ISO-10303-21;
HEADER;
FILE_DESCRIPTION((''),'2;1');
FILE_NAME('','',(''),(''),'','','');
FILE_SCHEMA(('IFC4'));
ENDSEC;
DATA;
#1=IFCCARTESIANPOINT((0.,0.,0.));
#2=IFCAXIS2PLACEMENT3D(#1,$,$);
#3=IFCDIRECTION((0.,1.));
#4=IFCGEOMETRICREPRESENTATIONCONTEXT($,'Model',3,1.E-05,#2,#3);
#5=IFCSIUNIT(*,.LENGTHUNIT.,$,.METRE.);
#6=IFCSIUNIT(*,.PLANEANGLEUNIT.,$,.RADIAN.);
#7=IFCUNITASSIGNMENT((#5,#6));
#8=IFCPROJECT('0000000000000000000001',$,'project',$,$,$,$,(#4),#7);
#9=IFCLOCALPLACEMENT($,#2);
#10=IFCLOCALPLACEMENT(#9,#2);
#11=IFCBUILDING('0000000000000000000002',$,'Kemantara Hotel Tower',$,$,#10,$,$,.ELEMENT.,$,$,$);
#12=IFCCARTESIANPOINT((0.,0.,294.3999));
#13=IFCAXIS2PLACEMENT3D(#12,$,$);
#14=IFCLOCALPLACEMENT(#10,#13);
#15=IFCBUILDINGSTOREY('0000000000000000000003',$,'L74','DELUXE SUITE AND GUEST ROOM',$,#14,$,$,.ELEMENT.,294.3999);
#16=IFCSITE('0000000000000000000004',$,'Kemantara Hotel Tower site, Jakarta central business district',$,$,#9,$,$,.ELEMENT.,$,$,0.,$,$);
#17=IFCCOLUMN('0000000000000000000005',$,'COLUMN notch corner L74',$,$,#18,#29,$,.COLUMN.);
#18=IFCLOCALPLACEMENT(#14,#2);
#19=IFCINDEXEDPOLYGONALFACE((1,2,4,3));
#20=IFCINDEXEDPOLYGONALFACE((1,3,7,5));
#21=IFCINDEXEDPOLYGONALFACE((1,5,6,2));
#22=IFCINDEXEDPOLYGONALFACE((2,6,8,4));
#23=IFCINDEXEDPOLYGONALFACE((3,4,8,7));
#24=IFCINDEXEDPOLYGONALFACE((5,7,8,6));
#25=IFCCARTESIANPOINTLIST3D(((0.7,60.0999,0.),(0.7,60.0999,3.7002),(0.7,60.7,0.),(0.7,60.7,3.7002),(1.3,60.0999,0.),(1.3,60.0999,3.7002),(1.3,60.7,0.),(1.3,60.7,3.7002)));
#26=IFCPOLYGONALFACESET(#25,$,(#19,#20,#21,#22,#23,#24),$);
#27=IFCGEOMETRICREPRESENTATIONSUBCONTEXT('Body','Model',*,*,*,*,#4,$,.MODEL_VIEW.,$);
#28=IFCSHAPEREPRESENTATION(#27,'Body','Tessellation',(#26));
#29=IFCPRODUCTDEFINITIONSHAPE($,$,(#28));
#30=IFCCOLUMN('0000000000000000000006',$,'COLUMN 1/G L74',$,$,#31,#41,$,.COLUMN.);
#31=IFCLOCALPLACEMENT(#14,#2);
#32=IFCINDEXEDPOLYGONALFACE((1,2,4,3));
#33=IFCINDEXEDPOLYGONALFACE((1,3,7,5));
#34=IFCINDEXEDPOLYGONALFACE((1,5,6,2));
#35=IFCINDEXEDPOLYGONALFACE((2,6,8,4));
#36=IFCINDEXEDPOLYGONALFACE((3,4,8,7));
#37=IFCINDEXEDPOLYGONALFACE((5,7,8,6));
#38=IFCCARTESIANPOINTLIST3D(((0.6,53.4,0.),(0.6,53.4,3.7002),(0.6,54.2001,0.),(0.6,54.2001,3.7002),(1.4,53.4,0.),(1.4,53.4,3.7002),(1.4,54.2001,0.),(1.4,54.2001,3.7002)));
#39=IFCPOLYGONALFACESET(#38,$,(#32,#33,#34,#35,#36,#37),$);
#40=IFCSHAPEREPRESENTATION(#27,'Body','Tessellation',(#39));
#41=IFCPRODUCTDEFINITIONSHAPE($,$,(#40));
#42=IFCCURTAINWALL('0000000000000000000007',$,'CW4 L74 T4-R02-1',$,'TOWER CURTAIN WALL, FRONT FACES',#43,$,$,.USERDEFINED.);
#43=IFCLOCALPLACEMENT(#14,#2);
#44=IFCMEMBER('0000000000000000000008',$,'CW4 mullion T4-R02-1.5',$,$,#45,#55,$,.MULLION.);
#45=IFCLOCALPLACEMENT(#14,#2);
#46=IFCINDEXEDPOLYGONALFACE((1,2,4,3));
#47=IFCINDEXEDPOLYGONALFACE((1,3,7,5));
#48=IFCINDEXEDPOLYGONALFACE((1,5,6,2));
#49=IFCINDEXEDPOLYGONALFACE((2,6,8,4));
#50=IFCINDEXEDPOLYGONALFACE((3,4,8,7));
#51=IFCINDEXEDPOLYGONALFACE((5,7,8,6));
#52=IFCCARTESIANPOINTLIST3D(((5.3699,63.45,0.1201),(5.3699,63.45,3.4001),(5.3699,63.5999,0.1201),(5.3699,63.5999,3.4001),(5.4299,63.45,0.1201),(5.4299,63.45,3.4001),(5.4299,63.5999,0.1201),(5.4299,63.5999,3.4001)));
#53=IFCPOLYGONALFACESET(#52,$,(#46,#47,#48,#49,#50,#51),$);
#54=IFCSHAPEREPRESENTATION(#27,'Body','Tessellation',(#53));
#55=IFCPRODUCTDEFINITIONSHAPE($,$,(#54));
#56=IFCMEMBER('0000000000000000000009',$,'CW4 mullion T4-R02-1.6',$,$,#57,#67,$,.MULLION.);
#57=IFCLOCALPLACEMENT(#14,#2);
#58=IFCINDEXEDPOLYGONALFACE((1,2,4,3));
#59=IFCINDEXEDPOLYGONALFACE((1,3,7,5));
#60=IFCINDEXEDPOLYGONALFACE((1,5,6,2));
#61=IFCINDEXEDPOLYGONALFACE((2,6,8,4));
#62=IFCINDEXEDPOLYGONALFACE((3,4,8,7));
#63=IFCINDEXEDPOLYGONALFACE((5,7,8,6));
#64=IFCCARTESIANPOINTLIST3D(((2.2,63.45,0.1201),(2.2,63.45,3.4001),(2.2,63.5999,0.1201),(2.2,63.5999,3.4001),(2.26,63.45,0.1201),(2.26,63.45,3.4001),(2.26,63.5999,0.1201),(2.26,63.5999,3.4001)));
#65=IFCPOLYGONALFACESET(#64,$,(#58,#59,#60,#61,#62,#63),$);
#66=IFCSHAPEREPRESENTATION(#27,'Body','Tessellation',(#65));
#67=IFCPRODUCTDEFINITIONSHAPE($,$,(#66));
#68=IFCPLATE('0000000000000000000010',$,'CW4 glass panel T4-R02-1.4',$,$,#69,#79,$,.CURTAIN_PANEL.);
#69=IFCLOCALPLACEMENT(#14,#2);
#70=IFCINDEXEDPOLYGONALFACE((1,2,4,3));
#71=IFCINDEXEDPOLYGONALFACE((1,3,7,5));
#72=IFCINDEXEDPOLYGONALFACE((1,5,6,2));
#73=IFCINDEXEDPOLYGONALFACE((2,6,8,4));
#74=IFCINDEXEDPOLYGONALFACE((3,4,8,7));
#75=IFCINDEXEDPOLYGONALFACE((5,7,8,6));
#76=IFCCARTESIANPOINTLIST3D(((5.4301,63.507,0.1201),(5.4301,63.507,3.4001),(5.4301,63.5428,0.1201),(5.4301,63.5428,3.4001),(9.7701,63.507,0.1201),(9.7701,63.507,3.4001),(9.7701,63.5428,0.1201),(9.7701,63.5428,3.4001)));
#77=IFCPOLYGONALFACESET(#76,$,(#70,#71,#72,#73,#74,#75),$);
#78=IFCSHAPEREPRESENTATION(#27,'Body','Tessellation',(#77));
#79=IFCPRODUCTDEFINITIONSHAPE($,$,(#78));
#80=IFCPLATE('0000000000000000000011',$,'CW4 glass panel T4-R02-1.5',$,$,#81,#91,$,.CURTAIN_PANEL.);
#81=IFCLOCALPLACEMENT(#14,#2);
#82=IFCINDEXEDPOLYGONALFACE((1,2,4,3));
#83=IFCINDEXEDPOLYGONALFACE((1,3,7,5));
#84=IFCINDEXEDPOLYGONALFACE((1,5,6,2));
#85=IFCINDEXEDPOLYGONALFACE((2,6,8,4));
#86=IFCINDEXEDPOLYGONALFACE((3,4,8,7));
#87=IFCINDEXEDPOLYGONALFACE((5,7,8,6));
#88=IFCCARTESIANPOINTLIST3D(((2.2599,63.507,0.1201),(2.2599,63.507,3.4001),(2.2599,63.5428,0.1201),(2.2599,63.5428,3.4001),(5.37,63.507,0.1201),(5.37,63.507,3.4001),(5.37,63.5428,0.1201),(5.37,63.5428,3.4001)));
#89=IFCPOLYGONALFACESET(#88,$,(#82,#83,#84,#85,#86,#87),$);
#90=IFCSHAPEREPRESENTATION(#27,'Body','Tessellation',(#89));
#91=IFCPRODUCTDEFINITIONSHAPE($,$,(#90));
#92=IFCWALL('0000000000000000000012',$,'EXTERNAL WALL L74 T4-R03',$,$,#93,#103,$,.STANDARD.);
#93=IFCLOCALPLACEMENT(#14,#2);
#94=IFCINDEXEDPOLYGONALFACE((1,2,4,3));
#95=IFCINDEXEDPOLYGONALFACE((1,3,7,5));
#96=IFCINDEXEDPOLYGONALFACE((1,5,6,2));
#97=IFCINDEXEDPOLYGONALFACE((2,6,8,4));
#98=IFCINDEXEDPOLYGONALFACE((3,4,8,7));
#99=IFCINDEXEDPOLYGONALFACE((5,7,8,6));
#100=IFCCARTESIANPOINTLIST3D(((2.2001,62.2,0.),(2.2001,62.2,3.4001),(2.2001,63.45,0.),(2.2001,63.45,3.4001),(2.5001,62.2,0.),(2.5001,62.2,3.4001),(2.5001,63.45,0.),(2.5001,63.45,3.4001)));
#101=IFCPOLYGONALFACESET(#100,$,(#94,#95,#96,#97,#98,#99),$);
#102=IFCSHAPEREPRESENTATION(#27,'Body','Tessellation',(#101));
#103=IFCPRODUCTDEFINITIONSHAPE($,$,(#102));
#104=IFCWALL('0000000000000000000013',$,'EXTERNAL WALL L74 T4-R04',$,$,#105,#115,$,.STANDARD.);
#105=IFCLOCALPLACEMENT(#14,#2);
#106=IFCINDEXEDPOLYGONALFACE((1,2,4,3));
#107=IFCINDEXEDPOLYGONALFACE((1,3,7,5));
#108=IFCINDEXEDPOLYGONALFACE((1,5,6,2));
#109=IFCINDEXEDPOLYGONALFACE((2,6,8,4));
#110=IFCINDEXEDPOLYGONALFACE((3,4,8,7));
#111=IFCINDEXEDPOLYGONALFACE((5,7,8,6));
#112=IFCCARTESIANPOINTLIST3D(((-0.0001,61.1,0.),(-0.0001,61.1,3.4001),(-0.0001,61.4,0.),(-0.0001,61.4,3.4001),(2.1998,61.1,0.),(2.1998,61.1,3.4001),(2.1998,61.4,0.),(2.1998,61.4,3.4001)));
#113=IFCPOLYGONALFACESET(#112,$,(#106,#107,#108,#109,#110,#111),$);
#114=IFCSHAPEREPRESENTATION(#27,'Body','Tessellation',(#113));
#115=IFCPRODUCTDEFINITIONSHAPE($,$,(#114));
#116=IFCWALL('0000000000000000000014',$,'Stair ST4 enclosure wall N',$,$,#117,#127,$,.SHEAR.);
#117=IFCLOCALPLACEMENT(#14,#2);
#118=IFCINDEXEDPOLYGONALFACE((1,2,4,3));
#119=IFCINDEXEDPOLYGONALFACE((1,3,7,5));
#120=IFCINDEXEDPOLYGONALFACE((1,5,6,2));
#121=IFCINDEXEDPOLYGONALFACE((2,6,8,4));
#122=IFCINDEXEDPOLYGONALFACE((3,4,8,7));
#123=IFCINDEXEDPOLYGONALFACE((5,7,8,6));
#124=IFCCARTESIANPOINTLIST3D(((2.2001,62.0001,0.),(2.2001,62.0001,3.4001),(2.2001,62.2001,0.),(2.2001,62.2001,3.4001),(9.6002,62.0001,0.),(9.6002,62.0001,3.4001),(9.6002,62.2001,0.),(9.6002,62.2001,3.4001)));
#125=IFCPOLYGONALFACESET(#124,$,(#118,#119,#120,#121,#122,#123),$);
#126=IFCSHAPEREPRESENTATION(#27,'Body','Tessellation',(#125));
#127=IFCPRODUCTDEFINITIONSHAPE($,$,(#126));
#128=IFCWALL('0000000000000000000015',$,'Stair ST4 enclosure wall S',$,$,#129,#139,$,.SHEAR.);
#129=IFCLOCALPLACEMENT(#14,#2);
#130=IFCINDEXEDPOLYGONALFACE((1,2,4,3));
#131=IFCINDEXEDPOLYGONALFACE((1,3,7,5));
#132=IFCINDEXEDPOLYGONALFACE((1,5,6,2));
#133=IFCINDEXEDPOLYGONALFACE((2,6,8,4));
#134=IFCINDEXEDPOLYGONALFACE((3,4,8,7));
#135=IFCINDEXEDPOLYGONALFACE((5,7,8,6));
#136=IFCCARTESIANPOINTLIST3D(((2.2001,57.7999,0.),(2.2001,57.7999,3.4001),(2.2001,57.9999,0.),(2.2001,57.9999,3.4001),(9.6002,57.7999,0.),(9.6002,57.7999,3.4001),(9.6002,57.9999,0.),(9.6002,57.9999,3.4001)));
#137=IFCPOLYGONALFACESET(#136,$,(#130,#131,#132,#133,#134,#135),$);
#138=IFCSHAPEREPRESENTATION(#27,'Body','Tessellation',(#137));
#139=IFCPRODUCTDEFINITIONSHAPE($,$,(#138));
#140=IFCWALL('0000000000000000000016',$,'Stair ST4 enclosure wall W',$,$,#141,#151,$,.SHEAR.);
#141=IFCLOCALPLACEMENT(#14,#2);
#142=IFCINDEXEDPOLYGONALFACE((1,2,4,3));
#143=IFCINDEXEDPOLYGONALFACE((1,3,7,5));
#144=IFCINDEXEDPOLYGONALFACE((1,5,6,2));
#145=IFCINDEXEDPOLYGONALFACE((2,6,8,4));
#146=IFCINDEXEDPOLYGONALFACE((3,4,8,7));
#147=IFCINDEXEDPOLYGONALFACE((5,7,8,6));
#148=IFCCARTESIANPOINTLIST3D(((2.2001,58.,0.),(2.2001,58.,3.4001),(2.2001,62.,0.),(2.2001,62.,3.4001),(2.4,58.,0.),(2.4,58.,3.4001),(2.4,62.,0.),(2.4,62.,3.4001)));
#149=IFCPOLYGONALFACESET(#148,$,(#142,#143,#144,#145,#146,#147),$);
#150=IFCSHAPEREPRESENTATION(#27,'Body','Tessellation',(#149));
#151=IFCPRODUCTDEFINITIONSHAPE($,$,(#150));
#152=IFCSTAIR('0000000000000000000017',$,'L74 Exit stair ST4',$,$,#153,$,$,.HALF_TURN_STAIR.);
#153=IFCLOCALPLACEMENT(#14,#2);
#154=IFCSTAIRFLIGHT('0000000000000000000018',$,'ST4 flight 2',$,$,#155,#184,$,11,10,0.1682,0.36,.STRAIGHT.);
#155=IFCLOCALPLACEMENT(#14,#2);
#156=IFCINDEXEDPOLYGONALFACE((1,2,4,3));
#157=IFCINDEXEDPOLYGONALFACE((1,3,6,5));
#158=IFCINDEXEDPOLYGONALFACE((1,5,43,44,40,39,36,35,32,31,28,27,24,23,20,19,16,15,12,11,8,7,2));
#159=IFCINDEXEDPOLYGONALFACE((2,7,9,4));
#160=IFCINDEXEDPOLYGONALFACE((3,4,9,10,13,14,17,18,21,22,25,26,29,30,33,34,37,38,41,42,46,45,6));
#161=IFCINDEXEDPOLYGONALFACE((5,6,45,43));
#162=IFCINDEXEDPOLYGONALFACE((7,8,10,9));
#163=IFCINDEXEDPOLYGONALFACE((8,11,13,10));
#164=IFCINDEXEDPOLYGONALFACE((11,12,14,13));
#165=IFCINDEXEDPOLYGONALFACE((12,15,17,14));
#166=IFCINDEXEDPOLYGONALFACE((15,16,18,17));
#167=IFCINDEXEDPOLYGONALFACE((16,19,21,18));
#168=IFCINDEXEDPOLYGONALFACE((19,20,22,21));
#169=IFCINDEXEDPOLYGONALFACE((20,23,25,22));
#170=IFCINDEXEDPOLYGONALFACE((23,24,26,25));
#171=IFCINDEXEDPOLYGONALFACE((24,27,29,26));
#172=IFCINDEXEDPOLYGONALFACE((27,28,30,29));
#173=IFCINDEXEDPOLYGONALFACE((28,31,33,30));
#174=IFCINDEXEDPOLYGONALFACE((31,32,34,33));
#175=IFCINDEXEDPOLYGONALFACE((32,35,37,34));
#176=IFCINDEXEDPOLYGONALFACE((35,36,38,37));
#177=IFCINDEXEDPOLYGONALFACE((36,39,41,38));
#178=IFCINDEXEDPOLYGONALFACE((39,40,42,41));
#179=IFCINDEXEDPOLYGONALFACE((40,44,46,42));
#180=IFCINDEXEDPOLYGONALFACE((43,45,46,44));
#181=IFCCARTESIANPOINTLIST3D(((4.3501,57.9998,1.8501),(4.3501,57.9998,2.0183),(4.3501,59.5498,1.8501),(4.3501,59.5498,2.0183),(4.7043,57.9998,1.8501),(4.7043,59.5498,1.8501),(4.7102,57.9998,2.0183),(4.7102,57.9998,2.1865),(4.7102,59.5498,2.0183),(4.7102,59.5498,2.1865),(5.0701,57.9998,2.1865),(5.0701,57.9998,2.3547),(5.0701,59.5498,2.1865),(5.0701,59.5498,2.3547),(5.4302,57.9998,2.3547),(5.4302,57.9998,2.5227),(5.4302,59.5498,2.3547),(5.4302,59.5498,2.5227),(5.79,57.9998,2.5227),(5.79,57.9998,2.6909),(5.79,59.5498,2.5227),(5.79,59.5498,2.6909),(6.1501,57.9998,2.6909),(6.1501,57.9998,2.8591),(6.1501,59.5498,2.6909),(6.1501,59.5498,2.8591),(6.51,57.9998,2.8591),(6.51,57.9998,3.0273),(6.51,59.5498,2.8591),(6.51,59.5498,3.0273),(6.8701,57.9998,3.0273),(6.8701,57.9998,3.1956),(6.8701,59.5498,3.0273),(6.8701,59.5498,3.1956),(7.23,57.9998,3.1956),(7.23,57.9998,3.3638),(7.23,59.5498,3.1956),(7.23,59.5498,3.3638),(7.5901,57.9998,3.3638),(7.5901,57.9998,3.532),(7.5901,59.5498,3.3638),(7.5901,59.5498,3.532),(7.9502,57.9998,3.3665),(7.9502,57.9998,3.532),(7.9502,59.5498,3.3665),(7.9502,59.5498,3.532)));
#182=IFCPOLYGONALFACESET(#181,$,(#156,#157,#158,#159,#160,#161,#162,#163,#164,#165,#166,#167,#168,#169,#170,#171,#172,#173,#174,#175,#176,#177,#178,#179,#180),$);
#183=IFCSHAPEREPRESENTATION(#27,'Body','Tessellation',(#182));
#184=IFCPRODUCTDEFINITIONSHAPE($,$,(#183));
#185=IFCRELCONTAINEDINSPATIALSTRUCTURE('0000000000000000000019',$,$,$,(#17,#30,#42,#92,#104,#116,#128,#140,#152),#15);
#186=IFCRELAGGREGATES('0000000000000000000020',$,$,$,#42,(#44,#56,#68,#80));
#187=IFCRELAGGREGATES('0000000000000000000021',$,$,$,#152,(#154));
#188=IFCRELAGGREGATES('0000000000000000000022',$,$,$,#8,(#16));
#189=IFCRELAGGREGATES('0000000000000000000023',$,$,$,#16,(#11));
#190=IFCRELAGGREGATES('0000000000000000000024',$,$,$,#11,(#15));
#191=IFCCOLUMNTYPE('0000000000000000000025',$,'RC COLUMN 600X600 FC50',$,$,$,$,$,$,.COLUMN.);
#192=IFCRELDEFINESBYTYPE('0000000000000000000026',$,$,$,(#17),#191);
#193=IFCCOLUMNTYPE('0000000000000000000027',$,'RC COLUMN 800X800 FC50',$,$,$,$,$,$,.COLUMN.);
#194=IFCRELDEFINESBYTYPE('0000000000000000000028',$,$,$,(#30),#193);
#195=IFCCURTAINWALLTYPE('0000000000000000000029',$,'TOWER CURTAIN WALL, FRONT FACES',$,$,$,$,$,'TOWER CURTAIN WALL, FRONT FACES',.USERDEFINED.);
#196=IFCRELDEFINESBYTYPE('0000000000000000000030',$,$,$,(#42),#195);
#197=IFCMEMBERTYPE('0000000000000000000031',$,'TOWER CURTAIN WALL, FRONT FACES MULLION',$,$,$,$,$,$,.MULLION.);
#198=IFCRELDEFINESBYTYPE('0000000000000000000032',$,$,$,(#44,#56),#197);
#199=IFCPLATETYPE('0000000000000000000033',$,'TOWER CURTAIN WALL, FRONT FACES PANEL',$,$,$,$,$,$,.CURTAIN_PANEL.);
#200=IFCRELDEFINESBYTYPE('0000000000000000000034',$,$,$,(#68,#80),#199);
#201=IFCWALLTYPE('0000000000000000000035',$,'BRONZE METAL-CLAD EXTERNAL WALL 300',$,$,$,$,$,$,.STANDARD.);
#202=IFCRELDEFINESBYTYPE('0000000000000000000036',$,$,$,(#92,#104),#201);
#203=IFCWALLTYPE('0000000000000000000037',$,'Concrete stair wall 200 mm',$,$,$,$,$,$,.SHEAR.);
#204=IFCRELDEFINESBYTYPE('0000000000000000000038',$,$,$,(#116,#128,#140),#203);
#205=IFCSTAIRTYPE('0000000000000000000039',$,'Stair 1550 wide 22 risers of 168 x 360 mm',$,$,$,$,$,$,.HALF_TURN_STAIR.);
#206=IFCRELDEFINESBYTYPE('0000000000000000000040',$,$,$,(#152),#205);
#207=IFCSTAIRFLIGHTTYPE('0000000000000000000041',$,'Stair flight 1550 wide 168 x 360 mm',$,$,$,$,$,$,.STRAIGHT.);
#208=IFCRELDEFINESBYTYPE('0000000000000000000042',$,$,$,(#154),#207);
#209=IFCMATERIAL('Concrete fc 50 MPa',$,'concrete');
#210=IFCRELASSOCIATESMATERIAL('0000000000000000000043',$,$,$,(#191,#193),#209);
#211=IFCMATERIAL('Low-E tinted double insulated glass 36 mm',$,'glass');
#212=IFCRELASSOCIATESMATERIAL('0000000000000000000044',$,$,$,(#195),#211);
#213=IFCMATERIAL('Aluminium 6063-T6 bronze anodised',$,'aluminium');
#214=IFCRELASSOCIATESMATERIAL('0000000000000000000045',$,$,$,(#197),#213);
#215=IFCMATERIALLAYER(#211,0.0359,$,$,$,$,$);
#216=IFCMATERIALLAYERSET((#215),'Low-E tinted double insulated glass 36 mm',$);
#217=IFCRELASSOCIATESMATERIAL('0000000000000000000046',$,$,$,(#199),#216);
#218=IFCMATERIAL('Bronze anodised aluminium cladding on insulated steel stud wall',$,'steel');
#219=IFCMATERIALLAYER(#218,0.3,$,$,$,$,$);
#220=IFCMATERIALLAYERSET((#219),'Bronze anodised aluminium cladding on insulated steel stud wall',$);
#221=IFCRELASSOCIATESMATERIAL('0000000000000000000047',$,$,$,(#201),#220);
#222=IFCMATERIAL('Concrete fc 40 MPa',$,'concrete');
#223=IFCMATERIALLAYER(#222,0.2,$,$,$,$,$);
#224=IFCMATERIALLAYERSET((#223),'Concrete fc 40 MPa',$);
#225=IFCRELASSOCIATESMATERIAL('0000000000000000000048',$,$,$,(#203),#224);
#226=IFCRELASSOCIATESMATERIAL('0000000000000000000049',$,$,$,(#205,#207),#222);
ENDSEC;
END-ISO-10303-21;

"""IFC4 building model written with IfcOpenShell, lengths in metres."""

from ifc_helpers import new_model, si_unit, direction, frame, frame_2d, origin, origin_2d, place, context, subcontext, project, spatial, polyline, rectangle, outline, extrude, source, transform, mapped, material, layer, layer_set, material_profile, profile_set, type_object, element, aggregate, save


model = new_model("IFC4")

# Units and contexts
model_context = context("Model", 3, precision=1e-05, world=origin(), true_north=direction((0.0, 1.0)))
body_context = subcontext(model_context, "Body", "Model", "MODEL_VIEW")
ifc_project = project(units=[si_unit("LENGTHUNIT", "METRE"), si_unit("PLANEANGLEUNIT", "RADIAN")], contexts=[model_context])

# Site, building, storey
site_placement = place(None, origin())
site = spatial("IfcSite", under=ifc_project, at=site_placement, Name="Kemantara Hotel Tower site, Jakarta central business district", CompositionType="ELEMENT", RefElevation=0.0)
building_placement = place(site_placement, origin())
building = spatial("IfcBuilding", under=site, at=building_placement, Name="Kemantara Hotel Tower", CompositionType="ELEMENT")
storey_placement = place(building_placement, frame((0.0, 0.0, 294.3999)))
storey = spatial("IfcBuildingStorey", under=building, at=storey_placement, Name="L74", Description="DELUXE SUITE AND GUEST ROOM", CompositionType="ELEMENT", Elevation=294.3999)

# Columns
ifc_material_1 = material(Name="Concrete fc 50 MPa", Category="concrete")
ifc_material_profile_1 = material_profile(ifc_material_1, rectangle(XDim=0.6001, YDim=0.6001, at=origin_2d()), Name="RC 600X600")
ifc_profile_set_1 = profile_set([ifc_material_profile_1], Name="Concrete fc 50 MPa")
column_type_1 = type_object("IfcColumnType", Name="RC COLUMN 600X600 FC50", PredefinedType="COLUMN", material=ifc_profile_set_1)
column_1_placement = place(storey_placement, frame((1.0, 60.3999, 0.0), z_axis=(0.0, 0.0, 1.0), x_axis=(1.0, 0.0, 0.0)))
element("IfcColumn", 1, at=column_1_placement, inside=storey, type_object=column_type_1, Name="COLUMN notch corner L74", PredefinedType="COLUMN", context=body_context, shape_type="SweptSolid", body=[
    extrude(rectangle(XDim=0.6001, YDim=0.6001, at=origin_2d()), origin(), (0.0, 0.0, 1.0), 3.7002),
])
ifc_material_profile_2 = material_profile(ifc_material_1, rectangle(XDim=0.8, YDim=0.8, at=origin_2d()), Name="RC 800X800")
ifc_profile_set_2 = profile_set([ifc_material_profile_2], Name="Concrete fc 50 MPa")
column_type_2 = type_object("IfcColumnType", Name="RC COLUMN 800X800 FC50", PredefinedType="COLUMN", material=ifc_profile_set_2)
column_2_placement = place(storey_placement, frame((1.0, 53.8, 0.0), z_axis=(0.0, 0.0, 1.0), x_axis=(1.0, 0.0, 0.0)))
element("IfcColumn", 2, at=column_2_placement, inside=storey, type_object=column_type_2, Name="COLUMN 1/G L74", PredefinedType="COLUMN", context=body_context, shape_type="SweptSolid", body=[
    extrude(rectangle(XDim=0.8, YDim=0.8, at=origin_2d()), origin(), (0.0, 0.0, 1.0), 3.7002),
])

# Curtain wall, members, plates
ifc_material_2 = material(Name="Low-E tinted double insulated glass 36 mm", Category="glass")
curtain_wall_type = type_object("IfcCurtainWallType", Name="TOWER CURTAIN WALL, FRONT FACES", ElementType="TOWER CURTAIN WALL, FRONT FACES", PredefinedType="USERDEFINED", material=ifc_material_2)
curtain_wall_placement = place(storey_placement, origin())
curtain_wall = element("IfcCurtainWall", 3, at=curtain_wall_placement, inside=storey, type_object=curtain_wall_type, Name="CW4 L74 T4-R02-1", ObjectType="TOWER CURTAIN WALL, FRONT FACES", PredefinedType="USERDEFINED")
ifc_material_3 = material(Name="Aluminium 6063-T6 bronze anodised", Category="aluminium")
ifc_material_profile_3 = material_profile(ifc_material_3, rectangle(XDim=0.1499, YDim=0.0601, at=origin_2d()), Name="TOWER CURTAIN WALL, FRONT FACES MULLION")
ifc_profile_set_3 = profile_set([ifc_material_profile_3], Name="Aluminium 6063-T6 bronze anodised")
member_type = type_object("IfcMemberType", Name="TOWER CURTAIN WALL, FRONT FACES MULLION", PredefinedType="MULLION", material=ifc_profile_set_3)
shared_shape_1 = source(origin(), body_context, "Body", "SweptSolid", [
    extrude(rectangle(XDim=0.1499, YDim=0.0601, at=origin_2d()), origin(), (0.0, 0.0, 1.0), 3.28),
])
member_1_placement = place(storey_placement, frame((5.3999, 63.5249, 0.1201), z_axis=(0.0, 0.0, 1.0), x_axis=(0.0, -1.0, 0.0)))
member_1 = element("IfcMember", 4, at=member_1_placement, type_object=member_type, Name="CW4 mullion T4-R02-1.5", PredefinedType="MULLION", context=body_context, shape_type="MappedRepresentation", body=[
    mapped(shared_shape_1, transform((0.0, 0.0, 0.0))),
])
member_2_placement = place(storey_placement, frame((2.23, 63.5249, 0.1201), z_axis=(0.0, 0.0, 1.0), x_axis=(0.0, -1.0, 0.0)))
member_2 = element("IfcMember", 5, at=member_2_placement, type_object=member_type, Name="CW4 mullion T4-R02-1.6", PredefinedType="MULLION", context=body_context, shape_type="MappedRepresentation", body=[
    mapped(shared_shape_1, transform((0.0, 0.0, 0.0))),
])
ifc_layer_1 = layer(ifc_material_2, 0.0359)
ifc_layer_set_1 = layer_set([ifc_layer_1], Name="Low-E tinted double insulated glass 36 mm")
plate_type = type_object("IfcPlateType", Name="TOWER CURTAIN WALL, FRONT FACES PANEL", PredefinedType="CURTAIN_PANEL", material=ifc_layer_set_1)
shared_shape_2 = source(origin(), body_context, "Body", "SweptSolid", [
    extrude(rectangle(XDim=4.3401, YDim=0.0359, at=origin_2d()), origin(), (0.0, 0.0, 1.0), 3.28),
])
plate_1_placement = place(storey_placement, frame((7.6001, 63.5249, 0.1201), z_axis=(0.0, 0.0, 1.0), x_axis=(-1.0, 0.0, 0.0)))
plate_1 = element("IfcPlate", 6, at=plate_1_placement, type_object=plate_type, Name="CW4 glass panel T4-R02-1.4", PredefinedType="CURTAIN_PANEL", context=body_context, shape_type="MappedRepresentation", body=[
    mapped(shared_shape_2, transform((0.0, 0.0, 0.0))),
])
shared_shape_3 = source(origin(), body_context, "Body", "SweptSolid", [
    extrude(rectangle(XDim=3.1101, YDim=0.0359, at=origin_2d()), origin(), (0.0, 0.0, 1.0), 3.28),
])
plate_2_placement = place(storey_placement, frame((3.8149, 63.5249, 0.1201), z_axis=(0.0, 0.0, 1.0), x_axis=(-1.0, 0.0, 0.0)))
plate_2 = element("IfcPlate", 7, at=plate_2_placement, type_object=plate_type, Name="CW4 glass panel T4-R02-1.5", PredefinedType="CURTAIN_PANEL", context=body_context, shape_type="MappedRepresentation", body=[
    mapped(shared_shape_3, transform((0.0, 0.0, 0.0))),
])
aggregate(curtain_wall, [member_1, member_2, plate_1, plate_2])

# Walls
ifc_material_4 = material(Name="Bronze anodised aluminium cladding on insulated steel stud wall", Category="steel")
ifc_layer_2 = layer(ifc_material_4, 0.3)
ifc_layer_set_2 = layer_set([ifc_layer_2], Name="Bronze anodised aluminium cladding on insulated steel stud wall")
wall_type_1 = type_object("IfcWallType", Name="BRONZE METAL-CLAD EXTERNAL WALL 300", PredefinedType="STANDARD", material=ifc_layer_set_2)
wall_1_placement = place(storey_placement, frame((2.3501, 63.45, 0.0), z_axis=(0.0, 0.0, 1.0), x_axis=(0.0, -1.0, 0.0)))
element("IfcWall", 8, at=wall_1_placement, inside=storey, type_object=wall_type_1, Name="EXTERNAL WALL L74 T4-R03", PredefinedType="STANDARD", context=body_context, shape_type="SweptSolid", body=[
    extrude(rectangle(XDim=1.25, YDim=0.3, at=frame_2d((0.625, 0.0))), origin(), (0.0, 0.0, 1.0), 3.4001),
])
wall_2_placement = place(storey_placement, frame((2.2, 61.25, 0.0), z_axis=(0.0, 0.0, 1.0), x_axis=(-1.0, 0.0, 0.0)))
element("IfcWall", 9, at=wall_2_placement, inside=storey, type_object=wall_type_1, Name="EXTERNAL WALL L74 T4-R04", PredefinedType="STANDARD", context=body_context, shape_type="SweptSolid", body=[
    extrude(rectangle(XDim=2.2, YDim=0.3, at=frame_2d((1.1001, 0.0))), origin(), (0.0, 0.0, 1.0), 3.4001),
])

# Walls
ifc_material_5 = material(Name="Concrete fc 40 MPa", Category="concrete")
ifc_layer_3 = layer(ifc_material_5, 0.2)
ifc_layer_set_3 = layer_set([ifc_layer_3], Name="Concrete fc 40 MPa")
wall_type_2 = type_object("IfcWallType", Name="Concrete stair wall 200 mm", PredefinedType="SHEAR", material=ifc_layer_set_3)
for number, where, z_axis, x_axis, name in (
    (10, (2.2, 62.1001, 0.0), (0.0, 0.0, 1.0), (1.0, 0.0, 0.0), "Stair ST4 enclosure wall N"),
    (11, (2.2, 57.8999, 0.0), (0.0, 0.0, 1.0), (1.0, 0.0, 0.0), "Stair ST4 enclosure wall S"),
):
    element("IfcWall", number, at=place(storey_placement, frame(where, z_axis=z_axis, x_axis=x_axis)), inside=storey, type_object=wall_type_2, Name=name, PredefinedType="SHEAR", context=body_context, shape_type="SweptSolid", body=[
        extrude(rectangle(XDim=7.4001, YDim=0.2, at=frame_2d((3.7002, 0.0))), origin(), (0.0, 0.0, 1.0), 3.4001),
    ])
wall_3_placement = place(storey_placement, frame((2.3, 58.0, 0.0), z_axis=(0.0, 0.0, 1.0), x_axis=(0.0, 1.0, 0.0)))
element("IfcWall", 12, at=wall_3_placement, inside=storey, type_object=wall_type_2, Name="Stair ST4 enclosure wall W", PredefinedType="SHEAR", context=body_context, shape_type="SweptSolid", body=[
    extrude(rectangle(XDim=4.0, YDim=0.2, at=frame_2d((2.0, 0.0))), origin(), (0.0, 0.0, 1.0), 3.4001),
])

# Stair, stair flight
stair_type = type_object("IfcStairType", Name="Stair 1550 wide 22 risers of 168 x 360 mm", PredefinedType="HALF_TURN_STAIR", material=ifc_material_5)
stair_placement = place(storey_placement, origin())
stair = element("IfcStair", 13, at=stair_placement, inside=storey, type_object=stair_type, Name="L74 Exit stair ST4", PredefinedType="HALF_TURN_STAIR")
stair_flight_type = type_object("IfcStairFlightType", Name="Stair flight 1550 wide 168 x 360 mm", PredefinedType="STRAIGHT", material=ifc_material_5)
stair_flight_placement = place(storey_placement, frame((4.3501, 58.7749, 1.8501), z_axis=(0.0, 0.0, 1.0), x_axis=(1.0, 0.0, 0.0)))
stair_flight = element("IfcStairFlight", 14, at=stair_flight_placement, type_object=stair_flight_type, Name="ST4 flight 2", NumberOfRisers=11, NumberOfTreads=10, PredefinedType="STRAIGHT", RiserHeight=0.1682, TreadLength=0.36, context=body_context, shape_type="SweptSolid", body=[
    extrude(outline(polyline([(0.0, 0.0), (0.0, 0.1682), (0.3601, 0.1682), (0.3601, 0.3364), (0.72, 0.3364), (0.72, 0.5046), (1.0801, 0.5046), (1.0801, 0.6726), (1.4399, 0.6726), (1.4399, 0.8408), (1.8, 0.8408), (1.8, 1.009), (2.1599, 1.009), (2.1599, 1.1772), (2.52, 1.1772), (2.52, 1.3455), (2.8799, 1.3455), (2.8799, 1.5137), (3.24, 1.5137), (3.24, 1.6819), (3.6001, 1.6819), (3.6001, 1.8501), (3.6001, 1.5164), (0.3542, 0.0), (0.0, 0.0)])), frame((0.0, 0.7749, 0.0), z_axis=(0.0, -1.0, 0.0), x_axis=(1.0, 0.0, 0.0)), (0.0, 0.0, 1.0), 1.55),
])
aggregate(stair, [stair_flight])

save(model, "model.ifc")
